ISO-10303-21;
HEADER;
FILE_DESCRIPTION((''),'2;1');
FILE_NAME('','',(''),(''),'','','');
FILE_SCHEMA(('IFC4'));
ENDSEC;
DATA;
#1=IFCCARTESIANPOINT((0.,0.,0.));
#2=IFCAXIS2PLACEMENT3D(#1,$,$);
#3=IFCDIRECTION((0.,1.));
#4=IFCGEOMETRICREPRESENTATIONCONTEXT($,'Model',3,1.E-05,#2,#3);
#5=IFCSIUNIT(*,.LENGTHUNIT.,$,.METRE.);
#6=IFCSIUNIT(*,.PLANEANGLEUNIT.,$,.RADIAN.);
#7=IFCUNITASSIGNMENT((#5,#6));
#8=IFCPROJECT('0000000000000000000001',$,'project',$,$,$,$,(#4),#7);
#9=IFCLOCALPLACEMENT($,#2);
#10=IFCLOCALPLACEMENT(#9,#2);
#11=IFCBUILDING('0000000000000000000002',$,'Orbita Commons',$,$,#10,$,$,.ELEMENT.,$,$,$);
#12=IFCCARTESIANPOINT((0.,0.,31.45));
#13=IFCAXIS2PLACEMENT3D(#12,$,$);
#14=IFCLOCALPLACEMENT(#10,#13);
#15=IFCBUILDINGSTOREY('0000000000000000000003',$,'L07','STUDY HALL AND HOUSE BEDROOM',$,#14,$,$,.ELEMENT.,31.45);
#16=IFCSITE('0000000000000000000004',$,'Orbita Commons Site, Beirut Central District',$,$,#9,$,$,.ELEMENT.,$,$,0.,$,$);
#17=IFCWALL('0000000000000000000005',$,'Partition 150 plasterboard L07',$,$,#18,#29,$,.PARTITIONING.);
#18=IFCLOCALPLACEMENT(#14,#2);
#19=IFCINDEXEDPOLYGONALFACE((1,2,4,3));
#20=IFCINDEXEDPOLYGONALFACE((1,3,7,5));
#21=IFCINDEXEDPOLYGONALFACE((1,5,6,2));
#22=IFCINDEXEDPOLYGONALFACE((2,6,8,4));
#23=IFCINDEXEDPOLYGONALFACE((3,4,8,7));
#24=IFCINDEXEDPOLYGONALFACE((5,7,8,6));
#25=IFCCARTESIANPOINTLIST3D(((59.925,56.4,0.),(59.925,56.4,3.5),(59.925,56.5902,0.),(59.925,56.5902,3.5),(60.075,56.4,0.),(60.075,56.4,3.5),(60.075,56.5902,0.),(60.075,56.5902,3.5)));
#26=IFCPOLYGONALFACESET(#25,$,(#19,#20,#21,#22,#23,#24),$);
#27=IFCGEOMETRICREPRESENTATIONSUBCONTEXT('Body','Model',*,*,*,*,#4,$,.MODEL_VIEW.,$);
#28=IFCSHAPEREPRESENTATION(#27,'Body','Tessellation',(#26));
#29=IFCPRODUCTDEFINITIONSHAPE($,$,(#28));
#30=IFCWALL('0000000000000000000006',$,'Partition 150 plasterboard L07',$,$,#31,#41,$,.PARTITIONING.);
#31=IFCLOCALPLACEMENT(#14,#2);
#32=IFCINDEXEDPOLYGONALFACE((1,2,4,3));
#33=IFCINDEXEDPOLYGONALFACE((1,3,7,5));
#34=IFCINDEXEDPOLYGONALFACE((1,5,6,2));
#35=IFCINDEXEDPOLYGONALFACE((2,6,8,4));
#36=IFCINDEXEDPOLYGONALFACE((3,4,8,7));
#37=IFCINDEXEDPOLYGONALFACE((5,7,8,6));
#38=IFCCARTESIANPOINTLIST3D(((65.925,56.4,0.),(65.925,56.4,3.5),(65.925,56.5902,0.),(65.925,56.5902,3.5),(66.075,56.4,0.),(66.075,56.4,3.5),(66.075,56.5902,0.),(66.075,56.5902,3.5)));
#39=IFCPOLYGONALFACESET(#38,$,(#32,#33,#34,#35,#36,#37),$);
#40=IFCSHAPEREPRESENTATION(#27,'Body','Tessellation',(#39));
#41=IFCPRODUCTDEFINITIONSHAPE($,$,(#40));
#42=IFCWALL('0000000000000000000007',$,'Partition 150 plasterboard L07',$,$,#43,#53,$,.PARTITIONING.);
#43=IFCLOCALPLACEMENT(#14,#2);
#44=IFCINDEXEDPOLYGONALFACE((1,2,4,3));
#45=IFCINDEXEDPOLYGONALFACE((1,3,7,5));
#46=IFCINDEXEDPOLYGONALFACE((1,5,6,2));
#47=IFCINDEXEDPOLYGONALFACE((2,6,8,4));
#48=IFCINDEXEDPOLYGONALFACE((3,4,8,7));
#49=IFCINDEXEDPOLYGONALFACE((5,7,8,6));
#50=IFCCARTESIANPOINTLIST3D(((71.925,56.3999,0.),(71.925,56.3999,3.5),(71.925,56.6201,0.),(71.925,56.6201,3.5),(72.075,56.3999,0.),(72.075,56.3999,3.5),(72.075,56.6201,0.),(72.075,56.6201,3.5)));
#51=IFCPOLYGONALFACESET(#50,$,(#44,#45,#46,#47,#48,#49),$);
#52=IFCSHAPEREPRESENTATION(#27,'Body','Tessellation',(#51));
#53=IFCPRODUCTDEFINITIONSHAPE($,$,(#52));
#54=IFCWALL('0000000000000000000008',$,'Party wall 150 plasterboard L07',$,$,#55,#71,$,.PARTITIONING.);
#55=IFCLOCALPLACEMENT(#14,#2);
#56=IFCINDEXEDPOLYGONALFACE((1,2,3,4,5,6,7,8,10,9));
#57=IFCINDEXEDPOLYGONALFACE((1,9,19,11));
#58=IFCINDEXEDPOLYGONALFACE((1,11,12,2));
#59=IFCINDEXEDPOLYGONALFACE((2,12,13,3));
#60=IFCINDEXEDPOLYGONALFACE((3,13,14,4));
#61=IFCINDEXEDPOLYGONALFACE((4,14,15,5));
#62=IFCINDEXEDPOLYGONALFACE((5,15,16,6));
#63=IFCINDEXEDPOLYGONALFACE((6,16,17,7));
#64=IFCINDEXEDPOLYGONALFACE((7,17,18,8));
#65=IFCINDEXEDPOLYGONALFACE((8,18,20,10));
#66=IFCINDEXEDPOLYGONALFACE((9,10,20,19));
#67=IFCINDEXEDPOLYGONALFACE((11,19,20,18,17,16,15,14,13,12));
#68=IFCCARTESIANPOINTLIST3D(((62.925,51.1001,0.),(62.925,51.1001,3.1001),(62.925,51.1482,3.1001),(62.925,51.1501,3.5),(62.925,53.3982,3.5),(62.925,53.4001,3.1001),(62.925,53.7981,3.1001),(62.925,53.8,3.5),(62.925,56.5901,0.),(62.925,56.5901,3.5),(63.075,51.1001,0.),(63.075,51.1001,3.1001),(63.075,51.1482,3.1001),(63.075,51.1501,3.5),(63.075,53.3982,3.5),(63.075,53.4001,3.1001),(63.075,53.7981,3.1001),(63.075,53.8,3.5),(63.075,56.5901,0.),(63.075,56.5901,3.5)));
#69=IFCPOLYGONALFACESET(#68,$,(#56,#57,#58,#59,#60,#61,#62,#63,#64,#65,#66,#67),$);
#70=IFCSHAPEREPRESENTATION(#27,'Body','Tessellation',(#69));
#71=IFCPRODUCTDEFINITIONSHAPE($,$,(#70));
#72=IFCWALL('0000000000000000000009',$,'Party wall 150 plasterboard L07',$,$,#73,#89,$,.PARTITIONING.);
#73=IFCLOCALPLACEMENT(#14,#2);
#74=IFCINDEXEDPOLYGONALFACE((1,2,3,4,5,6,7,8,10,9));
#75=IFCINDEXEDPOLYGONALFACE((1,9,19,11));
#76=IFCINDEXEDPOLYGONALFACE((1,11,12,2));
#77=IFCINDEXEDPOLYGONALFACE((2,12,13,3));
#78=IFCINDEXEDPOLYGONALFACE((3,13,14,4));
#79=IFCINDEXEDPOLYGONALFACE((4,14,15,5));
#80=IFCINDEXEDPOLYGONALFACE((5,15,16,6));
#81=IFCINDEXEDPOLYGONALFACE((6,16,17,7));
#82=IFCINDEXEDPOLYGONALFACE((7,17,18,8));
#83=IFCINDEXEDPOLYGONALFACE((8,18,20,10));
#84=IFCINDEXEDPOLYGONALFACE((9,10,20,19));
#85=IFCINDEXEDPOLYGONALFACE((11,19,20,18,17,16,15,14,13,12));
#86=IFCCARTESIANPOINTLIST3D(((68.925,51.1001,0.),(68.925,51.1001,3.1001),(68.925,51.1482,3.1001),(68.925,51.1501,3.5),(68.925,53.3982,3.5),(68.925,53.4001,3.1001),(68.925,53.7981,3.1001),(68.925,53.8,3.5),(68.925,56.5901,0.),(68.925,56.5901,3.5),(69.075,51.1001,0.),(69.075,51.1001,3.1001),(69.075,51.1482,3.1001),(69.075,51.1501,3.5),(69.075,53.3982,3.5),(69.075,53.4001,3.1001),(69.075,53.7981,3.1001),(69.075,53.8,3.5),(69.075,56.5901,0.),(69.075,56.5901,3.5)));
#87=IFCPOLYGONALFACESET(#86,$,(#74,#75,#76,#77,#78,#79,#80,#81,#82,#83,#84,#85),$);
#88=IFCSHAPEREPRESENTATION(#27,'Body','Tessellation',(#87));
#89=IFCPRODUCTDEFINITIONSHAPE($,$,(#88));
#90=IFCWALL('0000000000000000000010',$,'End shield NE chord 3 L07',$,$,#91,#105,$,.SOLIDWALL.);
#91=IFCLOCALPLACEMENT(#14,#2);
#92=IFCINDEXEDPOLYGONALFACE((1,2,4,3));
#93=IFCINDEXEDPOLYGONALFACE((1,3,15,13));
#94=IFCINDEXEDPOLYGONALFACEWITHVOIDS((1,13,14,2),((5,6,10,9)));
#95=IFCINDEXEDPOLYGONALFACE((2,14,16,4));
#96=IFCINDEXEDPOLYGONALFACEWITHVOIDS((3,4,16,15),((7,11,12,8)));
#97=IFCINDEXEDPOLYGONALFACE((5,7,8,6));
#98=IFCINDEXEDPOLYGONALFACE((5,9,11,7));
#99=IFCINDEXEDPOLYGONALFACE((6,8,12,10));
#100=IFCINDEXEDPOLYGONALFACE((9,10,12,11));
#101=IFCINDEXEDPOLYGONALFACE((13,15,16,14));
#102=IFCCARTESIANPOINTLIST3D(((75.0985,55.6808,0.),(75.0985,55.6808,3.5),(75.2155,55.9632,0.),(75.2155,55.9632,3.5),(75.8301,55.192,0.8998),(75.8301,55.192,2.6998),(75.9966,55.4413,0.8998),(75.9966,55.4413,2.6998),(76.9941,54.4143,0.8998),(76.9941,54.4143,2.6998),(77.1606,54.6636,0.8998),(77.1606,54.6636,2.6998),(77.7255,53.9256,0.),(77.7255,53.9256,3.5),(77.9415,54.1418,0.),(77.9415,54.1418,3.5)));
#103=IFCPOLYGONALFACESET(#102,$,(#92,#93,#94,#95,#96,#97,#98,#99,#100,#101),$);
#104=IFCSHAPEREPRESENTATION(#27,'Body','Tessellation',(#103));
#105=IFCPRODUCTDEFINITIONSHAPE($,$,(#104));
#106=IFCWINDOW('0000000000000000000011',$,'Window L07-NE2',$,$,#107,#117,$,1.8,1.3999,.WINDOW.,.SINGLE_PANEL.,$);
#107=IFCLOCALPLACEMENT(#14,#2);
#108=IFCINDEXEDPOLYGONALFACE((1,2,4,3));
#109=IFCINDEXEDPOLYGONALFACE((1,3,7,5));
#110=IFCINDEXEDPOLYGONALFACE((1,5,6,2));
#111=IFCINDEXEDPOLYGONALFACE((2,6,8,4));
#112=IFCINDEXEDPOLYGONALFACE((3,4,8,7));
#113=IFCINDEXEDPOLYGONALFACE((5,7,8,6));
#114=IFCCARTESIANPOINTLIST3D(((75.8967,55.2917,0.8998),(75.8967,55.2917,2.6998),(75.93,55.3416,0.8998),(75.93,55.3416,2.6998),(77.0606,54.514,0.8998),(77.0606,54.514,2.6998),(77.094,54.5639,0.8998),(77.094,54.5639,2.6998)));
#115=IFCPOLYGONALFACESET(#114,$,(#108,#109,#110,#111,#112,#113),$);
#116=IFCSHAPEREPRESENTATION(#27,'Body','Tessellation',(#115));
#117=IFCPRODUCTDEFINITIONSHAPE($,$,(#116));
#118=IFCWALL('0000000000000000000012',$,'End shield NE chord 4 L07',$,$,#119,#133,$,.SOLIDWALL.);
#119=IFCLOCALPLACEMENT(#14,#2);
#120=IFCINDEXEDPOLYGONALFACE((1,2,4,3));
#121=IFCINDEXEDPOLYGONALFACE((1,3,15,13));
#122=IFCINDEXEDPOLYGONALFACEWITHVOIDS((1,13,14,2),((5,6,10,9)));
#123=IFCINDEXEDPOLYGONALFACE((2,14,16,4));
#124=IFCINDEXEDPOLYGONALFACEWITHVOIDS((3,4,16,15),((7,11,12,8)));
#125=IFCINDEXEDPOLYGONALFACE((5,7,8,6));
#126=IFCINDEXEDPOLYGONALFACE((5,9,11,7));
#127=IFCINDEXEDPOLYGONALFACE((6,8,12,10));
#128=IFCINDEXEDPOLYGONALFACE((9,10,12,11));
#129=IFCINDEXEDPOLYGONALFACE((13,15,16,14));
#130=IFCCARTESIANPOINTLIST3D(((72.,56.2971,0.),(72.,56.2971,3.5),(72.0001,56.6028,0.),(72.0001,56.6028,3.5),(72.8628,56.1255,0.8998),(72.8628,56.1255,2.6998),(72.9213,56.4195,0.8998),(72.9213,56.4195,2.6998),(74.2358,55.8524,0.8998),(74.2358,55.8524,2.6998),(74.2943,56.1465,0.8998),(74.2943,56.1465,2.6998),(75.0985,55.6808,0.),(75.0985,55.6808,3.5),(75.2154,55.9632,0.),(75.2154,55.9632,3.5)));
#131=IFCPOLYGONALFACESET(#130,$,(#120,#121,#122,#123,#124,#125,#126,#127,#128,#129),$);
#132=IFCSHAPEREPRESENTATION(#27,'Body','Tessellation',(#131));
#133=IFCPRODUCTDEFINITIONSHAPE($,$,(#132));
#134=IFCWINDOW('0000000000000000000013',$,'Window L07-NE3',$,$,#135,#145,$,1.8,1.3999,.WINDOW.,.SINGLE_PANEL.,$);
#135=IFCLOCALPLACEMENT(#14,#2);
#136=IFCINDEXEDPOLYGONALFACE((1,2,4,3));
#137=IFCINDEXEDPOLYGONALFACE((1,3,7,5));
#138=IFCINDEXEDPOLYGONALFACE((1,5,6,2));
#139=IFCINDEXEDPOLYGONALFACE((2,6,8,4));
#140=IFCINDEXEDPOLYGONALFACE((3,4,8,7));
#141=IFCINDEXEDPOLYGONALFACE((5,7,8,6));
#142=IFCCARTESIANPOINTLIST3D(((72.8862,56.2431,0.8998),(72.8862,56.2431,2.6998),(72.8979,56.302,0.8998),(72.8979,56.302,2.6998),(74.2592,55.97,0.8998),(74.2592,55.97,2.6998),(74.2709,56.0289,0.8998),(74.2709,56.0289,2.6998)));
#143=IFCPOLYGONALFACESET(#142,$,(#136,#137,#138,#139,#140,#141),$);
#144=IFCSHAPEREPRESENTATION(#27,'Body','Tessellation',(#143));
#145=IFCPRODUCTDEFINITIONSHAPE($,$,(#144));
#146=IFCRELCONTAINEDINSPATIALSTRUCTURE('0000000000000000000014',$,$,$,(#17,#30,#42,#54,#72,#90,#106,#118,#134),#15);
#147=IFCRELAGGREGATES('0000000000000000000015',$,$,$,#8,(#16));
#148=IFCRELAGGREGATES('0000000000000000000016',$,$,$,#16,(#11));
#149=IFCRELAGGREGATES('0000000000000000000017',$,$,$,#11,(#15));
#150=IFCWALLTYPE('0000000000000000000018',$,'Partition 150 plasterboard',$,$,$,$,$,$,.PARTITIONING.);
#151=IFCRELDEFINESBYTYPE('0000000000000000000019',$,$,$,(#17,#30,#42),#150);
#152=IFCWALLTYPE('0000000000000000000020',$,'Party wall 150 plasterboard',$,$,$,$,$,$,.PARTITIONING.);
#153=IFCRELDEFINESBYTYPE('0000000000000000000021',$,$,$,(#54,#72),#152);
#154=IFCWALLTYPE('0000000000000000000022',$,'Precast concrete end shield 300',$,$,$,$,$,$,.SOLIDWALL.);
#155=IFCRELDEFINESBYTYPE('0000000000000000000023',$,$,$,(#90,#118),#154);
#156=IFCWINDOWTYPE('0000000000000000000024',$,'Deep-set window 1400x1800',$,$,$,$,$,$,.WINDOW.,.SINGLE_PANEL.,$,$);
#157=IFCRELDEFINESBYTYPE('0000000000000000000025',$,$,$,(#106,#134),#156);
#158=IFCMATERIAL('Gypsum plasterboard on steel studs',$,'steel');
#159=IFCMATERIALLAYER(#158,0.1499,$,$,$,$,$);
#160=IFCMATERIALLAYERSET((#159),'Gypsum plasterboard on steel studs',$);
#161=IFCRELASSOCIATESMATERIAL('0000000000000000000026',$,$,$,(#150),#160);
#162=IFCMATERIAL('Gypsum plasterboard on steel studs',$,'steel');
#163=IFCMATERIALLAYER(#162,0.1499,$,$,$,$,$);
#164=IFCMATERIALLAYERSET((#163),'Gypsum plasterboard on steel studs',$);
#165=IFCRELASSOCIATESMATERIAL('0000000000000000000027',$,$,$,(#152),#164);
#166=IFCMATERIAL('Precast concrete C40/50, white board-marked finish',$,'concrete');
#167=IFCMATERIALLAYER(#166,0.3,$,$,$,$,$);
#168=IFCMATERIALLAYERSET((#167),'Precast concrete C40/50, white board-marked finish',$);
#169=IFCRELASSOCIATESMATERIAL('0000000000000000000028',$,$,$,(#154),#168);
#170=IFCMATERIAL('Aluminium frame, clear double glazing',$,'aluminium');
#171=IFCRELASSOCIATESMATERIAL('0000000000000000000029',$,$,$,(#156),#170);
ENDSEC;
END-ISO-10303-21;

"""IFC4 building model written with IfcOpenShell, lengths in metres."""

from ifc_helpers import new_model, si_unit, direction, frame, frame_2d, origin, place, context, subcontext, project, spatial, polyline, rectangle, outline, extrude, material, layer, layer_set, type_object, element, fill, save


model = new_model("IFC4")

# Units and contexts
model_context = context("Model", 3, precision=1e-05, world=origin(), true_north=direction((0.0, 1.0)))
body_context = subcontext(model_context, "Body", "Model", "MODEL_VIEW")
ifc_project = project(units=[si_unit("LENGTHUNIT", "METRE"), si_unit("PLANEANGLEUNIT", "RADIAN")], contexts=[model_context])

# Site, building, storey
site_placement = place(None, origin())
site = spatial("IfcSite", under=ifc_project, at=site_placement, Name="Orbita Commons Site, Beirut Central District", CompositionType="ELEMENT", RefElevation=0.0)
building_placement = place(site_placement, origin())
building = spatial("IfcBuilding", under=site, at=building_placement, Name="Orbita Commons", CompositionType="ELEMENT")
storey_placement = place(building_placement, frame((0.0, 0.0, 31.45)))
storey = spatial("IfcBuildingStorey", under=building, at=storey_placement, Name="L07", Description="STUDY HALL AND HOUSE BEDROOM", CompositionType="ELEMENT", Elevation=31.45)

# Walls
ifc_material_1 = material(Name="Gypsum plasterboard on steel studs", Category="steel")
ifc_layer_1 = layer(ifc_material_1, 0.1499)
ifc_layer_set_1 = layer_set([ifc_layer_1], Name="Gypsum plasterboard on steel studs")
wall_type_1 = type_object("IfcWallType", Name="Partition 150 plasterboard", PredefinedType="PARTITIONING", material=ifc_layer_set_1)
for number, where, z_axis, x_axis, name in (
    (1, (60.0, 56.3999, 0.0), (0.0, 0.0, 1.0), (0.0, 1.0, 0.0), "Partition 150 plasterboard L07"),
    (2, (66.0, 56.3999, 0.0), (0.0, 0.0, 1.0), (0.0, 1.0, 0.0), "Partition 150 plasterboard L07"),
):
    element("IfcWall", number, at=place(storey_placement, frame(where, z_axis=z_axis, x_axis=x_axis)), inside=storey, type_object=wall_type_1, Name=name, PredefinedType="PARTITIONING", context=body_context, shape_type="SweptSolid", body=[
        extrude(rectangle(XDim=0.1902, YDim=0.1499, at=frame_2d((0.0952, 0.0))), origin(), (0.0, 0.0, 1.0), 3.5),
    ])
wall_1_placement = place(storey_placement, frame((72.0, 56.3999, 0.0), z_axis=(0.0, 0.0, 1.0), x_axis=(0.0, 1.0, 0.0)))
element("IfcWall", 3, at=wall_1_placement, inside=storey, type_object=wall_type_1, Name="Partition 150 plasterboard L07", PredefinedType="PARTITIONING", context=body_context, shape_type="SweptSolid", body=[
    extrude(rectangle(XDim=0.2202, YDim=0.1499, at=frame_2d((0.1101, 0.0))), origin(), (0.0, 0.0, 1.0), 3.5),
])
ifc_material_2 = material(Name="Gypsum plasterboard on steel studs", Category="steel")
ifc_layer_2 = layer(ifc_material_2, 0.1499)
ifc_layer_set_2 = layer_set([ifc_layer_2], Name="Gypsum plasterboard on steel studs")
wall_type_2 = type_object("IfcWallType", Name="Party wall 150 plasterboard", PredefinedType="PARTITIONING", material=ifc_layer_set_2)
for number, where, z_axis, x_axis, name in (
    (4, (63.0, 56.5901, 0.0), (0.0, 0.0, 1.0), (0.0, -1.0, 0.0), "Party wall 150 plasterboard L07"),
    (5, (69.0, 56.5901, 0.0), (0.0, 0.0, 1.0), (0.0, -1.0, 0.0), "Party wall 150 plasterboard L07"),
):
    element("IfcWall", number, at=place(storey_placement, frame(where, z_axis=z_axis, x_axis=x_axis)), inside=storey, type_object=wall_type_2, Name=name, PredefinedType="PARTITIONING", context=body_context, shape_type="SweptSolid", body=[
        extrude(outline(polyline([(0.0, 0.0), (5.49, 0.0), (5.49, 3.1001), (5.4419, 3.1001), (5.4399, 3.5), (3.1919, 3.5), (3.1899, 3.1001), (2.792, 3.1001), (2.79, 3.5), (0.0, 3.5), (0.0, 0.0)])), frame((0.0, 0.075, 0.0), z_axis=(0.0, -1.0, 0.0), x_axis=(1.0, 0.0, 0.0)), (0.0, 0.0, 1.0), 0.1499),
    ])

# Walls, openings, windows
ifc_material_3 = material(Name="Precast concrete C40/50, white board-marked finish", Category="concrete")
ifc_layer_3 = layer(ifc_material_3, 0.3)
ifc_layer_set_3 = layer_set([ifc_layer_3], Name="Precast concrete C40/50, white board-marked finish")
wall_type_3 = type_object("IfcWallType", Name="Precast concrete end shield 300", PredefinedType="SOLIDWALL", material=ifc_layer_set_3)
wall_2_placement = place(storey_placement, frame((77.8335, 54.0337, 0.0), z_axis=(0.0, 0.0, 1.0), x_axis=(-0.831478, 0.555558, 0.0)))
wall_2 = element("IfcWall", 6, at=wall_2_placement, inside=storey, type_object=wall_type_3, Name="End shield NE chord 3 L07", PredefinedType="SOLIDWALL", context=body_context, shape_type="SweptSolid", body=[
    extrude(outline(polyline([(-0.0298, -0.1499), (3.2488, -0.1499), (3.1892, 0.1499), (0.0298, 0.1499), (-0.0298, -0.1499)])), origin(), (0.0, 0.0, 1.0), 3.5),
])
opening_1_placement = place(wall_2_placement, frame((0.9094, 0.0, 0.8999)))
opening_1 = element("IfcOpeningElement", 7, at=opening_1_placement, cuts=wall_2, PredefinedType="OPENING", context=body_context, shape_type="SweptSolid", body=[
    extrude(rectangle(XDim=1.3999, YDim=1.8, at=frame_2d((0.7, 0.8999))), frame((0.0, 0.1599, 0.0), z_axis=(0.0, -1.0, 0.0), x_axis=(1.0, 0.0, 0.0)), (0.0, 0.0, 1.0), 0.3201),
])
ifc_material_4 = material(Name="Aluminium frame, clear double glazing", Category="aluminium")
window_type = type_object("IfcWindowType", Name="Deep-set window 1400x1800", PartitioningType="SINGLE_PANEL", PredefinedType="WINDOW", material=ifc_material_4)
window_1_placement = place(opening_1_placement, origin())
window_1 = element("IfcWindow", 8, at=window_1_placement, inside=storey, type_object=window_type, Name="Window L07-NE2", OverallHeight=1.8, OverallWidth=1.3999, PartitioningType="SINGLE_PANEL", PredefinedType="WINDOW", context=body_context, shape_type="SweptSolid", body=[
    extrude(rectangle(XDim=1.3999, YDim=1.8, at=frame_2d((0.7, 0.8999))), frame((0.0, 0.03, 0.0), z_axis=(0.0, -1.0, 0.0), x_axis=(1.0, 0.0, 0.0)), (0.0, 0.0, 1.0), 0.0601),
])
fill(opening_1, window_1)
wall_3_placement = place(storey_placement, frame((75.157, 55.822, 0.0), z_axis=(0.0, 0.0, 1.0), x_axis=(-0.980787, 0.19508, 0.0)))
wall_3 = element("IfcWall", 9, at=wall_3_placement, inside=storey, type_object=wall_type_3, Name="End shield NE chord 4 L07", PredefinedType="SOLIDWALL", context=body_context, shape_type="SweptSolid", body=[
    extrude(outline(polyline([(-0.0298, -0.1499), (3.2485, -0.1499), (3.189, 0.1499), (0.0298, 0.1499), (-0.0298, -0.1499)])), origin(), (0.0, 0.0, 1.0), 3.5),
])
opening_2_placement = place(wall_3_placement, frame((0.9094, 0.0, 0.8999)))
opening_2 = element("IfcOpeningElement", 10, at=opening_2_placement, cuts=wall_3, PredefinedType="OPENING", context=body_context, shape_type="SweptSolid", body=[
    extrude(rectangle(XDim=1.3999, YDim=1.8, at=frame_2d((0.7, 0.8999))), frame((0.0, 0.1599, 0.0), z_axis=(0.0, -1.0, 0.0), x_axis=(1.0, 0.0, 0.0)), (0.0, 0.0, 1.0), 0.3201),
])
window_2_placement = place(opening_2_placement, origin())
window_2 = element("IfcWindow", 11, at=window_2_placement, inside=storey, type_object=window_type, Name="Window L07-NE3", OverallHeight=1.8, OverallWidth=1.3999, PartitioningType="SINGLE_PANEL", PredefinedType="WINDOW", context=body_context, shape_type="SweptSolid", body=[
    extrude(rectangle(XDim=1.3999, YDim=1.8, at=frame_2d((0.7, 0.8999))), frame((0.0, 0.03, 0.0), z_axis=(0.0, -1.0, 0.0), x_axis=(1.0, 0.0, 0.0)), (0.0, 0.0, 1.0), 0.0601),
])
fill(opening_2, window_2)

save(model, "model.ifc")
